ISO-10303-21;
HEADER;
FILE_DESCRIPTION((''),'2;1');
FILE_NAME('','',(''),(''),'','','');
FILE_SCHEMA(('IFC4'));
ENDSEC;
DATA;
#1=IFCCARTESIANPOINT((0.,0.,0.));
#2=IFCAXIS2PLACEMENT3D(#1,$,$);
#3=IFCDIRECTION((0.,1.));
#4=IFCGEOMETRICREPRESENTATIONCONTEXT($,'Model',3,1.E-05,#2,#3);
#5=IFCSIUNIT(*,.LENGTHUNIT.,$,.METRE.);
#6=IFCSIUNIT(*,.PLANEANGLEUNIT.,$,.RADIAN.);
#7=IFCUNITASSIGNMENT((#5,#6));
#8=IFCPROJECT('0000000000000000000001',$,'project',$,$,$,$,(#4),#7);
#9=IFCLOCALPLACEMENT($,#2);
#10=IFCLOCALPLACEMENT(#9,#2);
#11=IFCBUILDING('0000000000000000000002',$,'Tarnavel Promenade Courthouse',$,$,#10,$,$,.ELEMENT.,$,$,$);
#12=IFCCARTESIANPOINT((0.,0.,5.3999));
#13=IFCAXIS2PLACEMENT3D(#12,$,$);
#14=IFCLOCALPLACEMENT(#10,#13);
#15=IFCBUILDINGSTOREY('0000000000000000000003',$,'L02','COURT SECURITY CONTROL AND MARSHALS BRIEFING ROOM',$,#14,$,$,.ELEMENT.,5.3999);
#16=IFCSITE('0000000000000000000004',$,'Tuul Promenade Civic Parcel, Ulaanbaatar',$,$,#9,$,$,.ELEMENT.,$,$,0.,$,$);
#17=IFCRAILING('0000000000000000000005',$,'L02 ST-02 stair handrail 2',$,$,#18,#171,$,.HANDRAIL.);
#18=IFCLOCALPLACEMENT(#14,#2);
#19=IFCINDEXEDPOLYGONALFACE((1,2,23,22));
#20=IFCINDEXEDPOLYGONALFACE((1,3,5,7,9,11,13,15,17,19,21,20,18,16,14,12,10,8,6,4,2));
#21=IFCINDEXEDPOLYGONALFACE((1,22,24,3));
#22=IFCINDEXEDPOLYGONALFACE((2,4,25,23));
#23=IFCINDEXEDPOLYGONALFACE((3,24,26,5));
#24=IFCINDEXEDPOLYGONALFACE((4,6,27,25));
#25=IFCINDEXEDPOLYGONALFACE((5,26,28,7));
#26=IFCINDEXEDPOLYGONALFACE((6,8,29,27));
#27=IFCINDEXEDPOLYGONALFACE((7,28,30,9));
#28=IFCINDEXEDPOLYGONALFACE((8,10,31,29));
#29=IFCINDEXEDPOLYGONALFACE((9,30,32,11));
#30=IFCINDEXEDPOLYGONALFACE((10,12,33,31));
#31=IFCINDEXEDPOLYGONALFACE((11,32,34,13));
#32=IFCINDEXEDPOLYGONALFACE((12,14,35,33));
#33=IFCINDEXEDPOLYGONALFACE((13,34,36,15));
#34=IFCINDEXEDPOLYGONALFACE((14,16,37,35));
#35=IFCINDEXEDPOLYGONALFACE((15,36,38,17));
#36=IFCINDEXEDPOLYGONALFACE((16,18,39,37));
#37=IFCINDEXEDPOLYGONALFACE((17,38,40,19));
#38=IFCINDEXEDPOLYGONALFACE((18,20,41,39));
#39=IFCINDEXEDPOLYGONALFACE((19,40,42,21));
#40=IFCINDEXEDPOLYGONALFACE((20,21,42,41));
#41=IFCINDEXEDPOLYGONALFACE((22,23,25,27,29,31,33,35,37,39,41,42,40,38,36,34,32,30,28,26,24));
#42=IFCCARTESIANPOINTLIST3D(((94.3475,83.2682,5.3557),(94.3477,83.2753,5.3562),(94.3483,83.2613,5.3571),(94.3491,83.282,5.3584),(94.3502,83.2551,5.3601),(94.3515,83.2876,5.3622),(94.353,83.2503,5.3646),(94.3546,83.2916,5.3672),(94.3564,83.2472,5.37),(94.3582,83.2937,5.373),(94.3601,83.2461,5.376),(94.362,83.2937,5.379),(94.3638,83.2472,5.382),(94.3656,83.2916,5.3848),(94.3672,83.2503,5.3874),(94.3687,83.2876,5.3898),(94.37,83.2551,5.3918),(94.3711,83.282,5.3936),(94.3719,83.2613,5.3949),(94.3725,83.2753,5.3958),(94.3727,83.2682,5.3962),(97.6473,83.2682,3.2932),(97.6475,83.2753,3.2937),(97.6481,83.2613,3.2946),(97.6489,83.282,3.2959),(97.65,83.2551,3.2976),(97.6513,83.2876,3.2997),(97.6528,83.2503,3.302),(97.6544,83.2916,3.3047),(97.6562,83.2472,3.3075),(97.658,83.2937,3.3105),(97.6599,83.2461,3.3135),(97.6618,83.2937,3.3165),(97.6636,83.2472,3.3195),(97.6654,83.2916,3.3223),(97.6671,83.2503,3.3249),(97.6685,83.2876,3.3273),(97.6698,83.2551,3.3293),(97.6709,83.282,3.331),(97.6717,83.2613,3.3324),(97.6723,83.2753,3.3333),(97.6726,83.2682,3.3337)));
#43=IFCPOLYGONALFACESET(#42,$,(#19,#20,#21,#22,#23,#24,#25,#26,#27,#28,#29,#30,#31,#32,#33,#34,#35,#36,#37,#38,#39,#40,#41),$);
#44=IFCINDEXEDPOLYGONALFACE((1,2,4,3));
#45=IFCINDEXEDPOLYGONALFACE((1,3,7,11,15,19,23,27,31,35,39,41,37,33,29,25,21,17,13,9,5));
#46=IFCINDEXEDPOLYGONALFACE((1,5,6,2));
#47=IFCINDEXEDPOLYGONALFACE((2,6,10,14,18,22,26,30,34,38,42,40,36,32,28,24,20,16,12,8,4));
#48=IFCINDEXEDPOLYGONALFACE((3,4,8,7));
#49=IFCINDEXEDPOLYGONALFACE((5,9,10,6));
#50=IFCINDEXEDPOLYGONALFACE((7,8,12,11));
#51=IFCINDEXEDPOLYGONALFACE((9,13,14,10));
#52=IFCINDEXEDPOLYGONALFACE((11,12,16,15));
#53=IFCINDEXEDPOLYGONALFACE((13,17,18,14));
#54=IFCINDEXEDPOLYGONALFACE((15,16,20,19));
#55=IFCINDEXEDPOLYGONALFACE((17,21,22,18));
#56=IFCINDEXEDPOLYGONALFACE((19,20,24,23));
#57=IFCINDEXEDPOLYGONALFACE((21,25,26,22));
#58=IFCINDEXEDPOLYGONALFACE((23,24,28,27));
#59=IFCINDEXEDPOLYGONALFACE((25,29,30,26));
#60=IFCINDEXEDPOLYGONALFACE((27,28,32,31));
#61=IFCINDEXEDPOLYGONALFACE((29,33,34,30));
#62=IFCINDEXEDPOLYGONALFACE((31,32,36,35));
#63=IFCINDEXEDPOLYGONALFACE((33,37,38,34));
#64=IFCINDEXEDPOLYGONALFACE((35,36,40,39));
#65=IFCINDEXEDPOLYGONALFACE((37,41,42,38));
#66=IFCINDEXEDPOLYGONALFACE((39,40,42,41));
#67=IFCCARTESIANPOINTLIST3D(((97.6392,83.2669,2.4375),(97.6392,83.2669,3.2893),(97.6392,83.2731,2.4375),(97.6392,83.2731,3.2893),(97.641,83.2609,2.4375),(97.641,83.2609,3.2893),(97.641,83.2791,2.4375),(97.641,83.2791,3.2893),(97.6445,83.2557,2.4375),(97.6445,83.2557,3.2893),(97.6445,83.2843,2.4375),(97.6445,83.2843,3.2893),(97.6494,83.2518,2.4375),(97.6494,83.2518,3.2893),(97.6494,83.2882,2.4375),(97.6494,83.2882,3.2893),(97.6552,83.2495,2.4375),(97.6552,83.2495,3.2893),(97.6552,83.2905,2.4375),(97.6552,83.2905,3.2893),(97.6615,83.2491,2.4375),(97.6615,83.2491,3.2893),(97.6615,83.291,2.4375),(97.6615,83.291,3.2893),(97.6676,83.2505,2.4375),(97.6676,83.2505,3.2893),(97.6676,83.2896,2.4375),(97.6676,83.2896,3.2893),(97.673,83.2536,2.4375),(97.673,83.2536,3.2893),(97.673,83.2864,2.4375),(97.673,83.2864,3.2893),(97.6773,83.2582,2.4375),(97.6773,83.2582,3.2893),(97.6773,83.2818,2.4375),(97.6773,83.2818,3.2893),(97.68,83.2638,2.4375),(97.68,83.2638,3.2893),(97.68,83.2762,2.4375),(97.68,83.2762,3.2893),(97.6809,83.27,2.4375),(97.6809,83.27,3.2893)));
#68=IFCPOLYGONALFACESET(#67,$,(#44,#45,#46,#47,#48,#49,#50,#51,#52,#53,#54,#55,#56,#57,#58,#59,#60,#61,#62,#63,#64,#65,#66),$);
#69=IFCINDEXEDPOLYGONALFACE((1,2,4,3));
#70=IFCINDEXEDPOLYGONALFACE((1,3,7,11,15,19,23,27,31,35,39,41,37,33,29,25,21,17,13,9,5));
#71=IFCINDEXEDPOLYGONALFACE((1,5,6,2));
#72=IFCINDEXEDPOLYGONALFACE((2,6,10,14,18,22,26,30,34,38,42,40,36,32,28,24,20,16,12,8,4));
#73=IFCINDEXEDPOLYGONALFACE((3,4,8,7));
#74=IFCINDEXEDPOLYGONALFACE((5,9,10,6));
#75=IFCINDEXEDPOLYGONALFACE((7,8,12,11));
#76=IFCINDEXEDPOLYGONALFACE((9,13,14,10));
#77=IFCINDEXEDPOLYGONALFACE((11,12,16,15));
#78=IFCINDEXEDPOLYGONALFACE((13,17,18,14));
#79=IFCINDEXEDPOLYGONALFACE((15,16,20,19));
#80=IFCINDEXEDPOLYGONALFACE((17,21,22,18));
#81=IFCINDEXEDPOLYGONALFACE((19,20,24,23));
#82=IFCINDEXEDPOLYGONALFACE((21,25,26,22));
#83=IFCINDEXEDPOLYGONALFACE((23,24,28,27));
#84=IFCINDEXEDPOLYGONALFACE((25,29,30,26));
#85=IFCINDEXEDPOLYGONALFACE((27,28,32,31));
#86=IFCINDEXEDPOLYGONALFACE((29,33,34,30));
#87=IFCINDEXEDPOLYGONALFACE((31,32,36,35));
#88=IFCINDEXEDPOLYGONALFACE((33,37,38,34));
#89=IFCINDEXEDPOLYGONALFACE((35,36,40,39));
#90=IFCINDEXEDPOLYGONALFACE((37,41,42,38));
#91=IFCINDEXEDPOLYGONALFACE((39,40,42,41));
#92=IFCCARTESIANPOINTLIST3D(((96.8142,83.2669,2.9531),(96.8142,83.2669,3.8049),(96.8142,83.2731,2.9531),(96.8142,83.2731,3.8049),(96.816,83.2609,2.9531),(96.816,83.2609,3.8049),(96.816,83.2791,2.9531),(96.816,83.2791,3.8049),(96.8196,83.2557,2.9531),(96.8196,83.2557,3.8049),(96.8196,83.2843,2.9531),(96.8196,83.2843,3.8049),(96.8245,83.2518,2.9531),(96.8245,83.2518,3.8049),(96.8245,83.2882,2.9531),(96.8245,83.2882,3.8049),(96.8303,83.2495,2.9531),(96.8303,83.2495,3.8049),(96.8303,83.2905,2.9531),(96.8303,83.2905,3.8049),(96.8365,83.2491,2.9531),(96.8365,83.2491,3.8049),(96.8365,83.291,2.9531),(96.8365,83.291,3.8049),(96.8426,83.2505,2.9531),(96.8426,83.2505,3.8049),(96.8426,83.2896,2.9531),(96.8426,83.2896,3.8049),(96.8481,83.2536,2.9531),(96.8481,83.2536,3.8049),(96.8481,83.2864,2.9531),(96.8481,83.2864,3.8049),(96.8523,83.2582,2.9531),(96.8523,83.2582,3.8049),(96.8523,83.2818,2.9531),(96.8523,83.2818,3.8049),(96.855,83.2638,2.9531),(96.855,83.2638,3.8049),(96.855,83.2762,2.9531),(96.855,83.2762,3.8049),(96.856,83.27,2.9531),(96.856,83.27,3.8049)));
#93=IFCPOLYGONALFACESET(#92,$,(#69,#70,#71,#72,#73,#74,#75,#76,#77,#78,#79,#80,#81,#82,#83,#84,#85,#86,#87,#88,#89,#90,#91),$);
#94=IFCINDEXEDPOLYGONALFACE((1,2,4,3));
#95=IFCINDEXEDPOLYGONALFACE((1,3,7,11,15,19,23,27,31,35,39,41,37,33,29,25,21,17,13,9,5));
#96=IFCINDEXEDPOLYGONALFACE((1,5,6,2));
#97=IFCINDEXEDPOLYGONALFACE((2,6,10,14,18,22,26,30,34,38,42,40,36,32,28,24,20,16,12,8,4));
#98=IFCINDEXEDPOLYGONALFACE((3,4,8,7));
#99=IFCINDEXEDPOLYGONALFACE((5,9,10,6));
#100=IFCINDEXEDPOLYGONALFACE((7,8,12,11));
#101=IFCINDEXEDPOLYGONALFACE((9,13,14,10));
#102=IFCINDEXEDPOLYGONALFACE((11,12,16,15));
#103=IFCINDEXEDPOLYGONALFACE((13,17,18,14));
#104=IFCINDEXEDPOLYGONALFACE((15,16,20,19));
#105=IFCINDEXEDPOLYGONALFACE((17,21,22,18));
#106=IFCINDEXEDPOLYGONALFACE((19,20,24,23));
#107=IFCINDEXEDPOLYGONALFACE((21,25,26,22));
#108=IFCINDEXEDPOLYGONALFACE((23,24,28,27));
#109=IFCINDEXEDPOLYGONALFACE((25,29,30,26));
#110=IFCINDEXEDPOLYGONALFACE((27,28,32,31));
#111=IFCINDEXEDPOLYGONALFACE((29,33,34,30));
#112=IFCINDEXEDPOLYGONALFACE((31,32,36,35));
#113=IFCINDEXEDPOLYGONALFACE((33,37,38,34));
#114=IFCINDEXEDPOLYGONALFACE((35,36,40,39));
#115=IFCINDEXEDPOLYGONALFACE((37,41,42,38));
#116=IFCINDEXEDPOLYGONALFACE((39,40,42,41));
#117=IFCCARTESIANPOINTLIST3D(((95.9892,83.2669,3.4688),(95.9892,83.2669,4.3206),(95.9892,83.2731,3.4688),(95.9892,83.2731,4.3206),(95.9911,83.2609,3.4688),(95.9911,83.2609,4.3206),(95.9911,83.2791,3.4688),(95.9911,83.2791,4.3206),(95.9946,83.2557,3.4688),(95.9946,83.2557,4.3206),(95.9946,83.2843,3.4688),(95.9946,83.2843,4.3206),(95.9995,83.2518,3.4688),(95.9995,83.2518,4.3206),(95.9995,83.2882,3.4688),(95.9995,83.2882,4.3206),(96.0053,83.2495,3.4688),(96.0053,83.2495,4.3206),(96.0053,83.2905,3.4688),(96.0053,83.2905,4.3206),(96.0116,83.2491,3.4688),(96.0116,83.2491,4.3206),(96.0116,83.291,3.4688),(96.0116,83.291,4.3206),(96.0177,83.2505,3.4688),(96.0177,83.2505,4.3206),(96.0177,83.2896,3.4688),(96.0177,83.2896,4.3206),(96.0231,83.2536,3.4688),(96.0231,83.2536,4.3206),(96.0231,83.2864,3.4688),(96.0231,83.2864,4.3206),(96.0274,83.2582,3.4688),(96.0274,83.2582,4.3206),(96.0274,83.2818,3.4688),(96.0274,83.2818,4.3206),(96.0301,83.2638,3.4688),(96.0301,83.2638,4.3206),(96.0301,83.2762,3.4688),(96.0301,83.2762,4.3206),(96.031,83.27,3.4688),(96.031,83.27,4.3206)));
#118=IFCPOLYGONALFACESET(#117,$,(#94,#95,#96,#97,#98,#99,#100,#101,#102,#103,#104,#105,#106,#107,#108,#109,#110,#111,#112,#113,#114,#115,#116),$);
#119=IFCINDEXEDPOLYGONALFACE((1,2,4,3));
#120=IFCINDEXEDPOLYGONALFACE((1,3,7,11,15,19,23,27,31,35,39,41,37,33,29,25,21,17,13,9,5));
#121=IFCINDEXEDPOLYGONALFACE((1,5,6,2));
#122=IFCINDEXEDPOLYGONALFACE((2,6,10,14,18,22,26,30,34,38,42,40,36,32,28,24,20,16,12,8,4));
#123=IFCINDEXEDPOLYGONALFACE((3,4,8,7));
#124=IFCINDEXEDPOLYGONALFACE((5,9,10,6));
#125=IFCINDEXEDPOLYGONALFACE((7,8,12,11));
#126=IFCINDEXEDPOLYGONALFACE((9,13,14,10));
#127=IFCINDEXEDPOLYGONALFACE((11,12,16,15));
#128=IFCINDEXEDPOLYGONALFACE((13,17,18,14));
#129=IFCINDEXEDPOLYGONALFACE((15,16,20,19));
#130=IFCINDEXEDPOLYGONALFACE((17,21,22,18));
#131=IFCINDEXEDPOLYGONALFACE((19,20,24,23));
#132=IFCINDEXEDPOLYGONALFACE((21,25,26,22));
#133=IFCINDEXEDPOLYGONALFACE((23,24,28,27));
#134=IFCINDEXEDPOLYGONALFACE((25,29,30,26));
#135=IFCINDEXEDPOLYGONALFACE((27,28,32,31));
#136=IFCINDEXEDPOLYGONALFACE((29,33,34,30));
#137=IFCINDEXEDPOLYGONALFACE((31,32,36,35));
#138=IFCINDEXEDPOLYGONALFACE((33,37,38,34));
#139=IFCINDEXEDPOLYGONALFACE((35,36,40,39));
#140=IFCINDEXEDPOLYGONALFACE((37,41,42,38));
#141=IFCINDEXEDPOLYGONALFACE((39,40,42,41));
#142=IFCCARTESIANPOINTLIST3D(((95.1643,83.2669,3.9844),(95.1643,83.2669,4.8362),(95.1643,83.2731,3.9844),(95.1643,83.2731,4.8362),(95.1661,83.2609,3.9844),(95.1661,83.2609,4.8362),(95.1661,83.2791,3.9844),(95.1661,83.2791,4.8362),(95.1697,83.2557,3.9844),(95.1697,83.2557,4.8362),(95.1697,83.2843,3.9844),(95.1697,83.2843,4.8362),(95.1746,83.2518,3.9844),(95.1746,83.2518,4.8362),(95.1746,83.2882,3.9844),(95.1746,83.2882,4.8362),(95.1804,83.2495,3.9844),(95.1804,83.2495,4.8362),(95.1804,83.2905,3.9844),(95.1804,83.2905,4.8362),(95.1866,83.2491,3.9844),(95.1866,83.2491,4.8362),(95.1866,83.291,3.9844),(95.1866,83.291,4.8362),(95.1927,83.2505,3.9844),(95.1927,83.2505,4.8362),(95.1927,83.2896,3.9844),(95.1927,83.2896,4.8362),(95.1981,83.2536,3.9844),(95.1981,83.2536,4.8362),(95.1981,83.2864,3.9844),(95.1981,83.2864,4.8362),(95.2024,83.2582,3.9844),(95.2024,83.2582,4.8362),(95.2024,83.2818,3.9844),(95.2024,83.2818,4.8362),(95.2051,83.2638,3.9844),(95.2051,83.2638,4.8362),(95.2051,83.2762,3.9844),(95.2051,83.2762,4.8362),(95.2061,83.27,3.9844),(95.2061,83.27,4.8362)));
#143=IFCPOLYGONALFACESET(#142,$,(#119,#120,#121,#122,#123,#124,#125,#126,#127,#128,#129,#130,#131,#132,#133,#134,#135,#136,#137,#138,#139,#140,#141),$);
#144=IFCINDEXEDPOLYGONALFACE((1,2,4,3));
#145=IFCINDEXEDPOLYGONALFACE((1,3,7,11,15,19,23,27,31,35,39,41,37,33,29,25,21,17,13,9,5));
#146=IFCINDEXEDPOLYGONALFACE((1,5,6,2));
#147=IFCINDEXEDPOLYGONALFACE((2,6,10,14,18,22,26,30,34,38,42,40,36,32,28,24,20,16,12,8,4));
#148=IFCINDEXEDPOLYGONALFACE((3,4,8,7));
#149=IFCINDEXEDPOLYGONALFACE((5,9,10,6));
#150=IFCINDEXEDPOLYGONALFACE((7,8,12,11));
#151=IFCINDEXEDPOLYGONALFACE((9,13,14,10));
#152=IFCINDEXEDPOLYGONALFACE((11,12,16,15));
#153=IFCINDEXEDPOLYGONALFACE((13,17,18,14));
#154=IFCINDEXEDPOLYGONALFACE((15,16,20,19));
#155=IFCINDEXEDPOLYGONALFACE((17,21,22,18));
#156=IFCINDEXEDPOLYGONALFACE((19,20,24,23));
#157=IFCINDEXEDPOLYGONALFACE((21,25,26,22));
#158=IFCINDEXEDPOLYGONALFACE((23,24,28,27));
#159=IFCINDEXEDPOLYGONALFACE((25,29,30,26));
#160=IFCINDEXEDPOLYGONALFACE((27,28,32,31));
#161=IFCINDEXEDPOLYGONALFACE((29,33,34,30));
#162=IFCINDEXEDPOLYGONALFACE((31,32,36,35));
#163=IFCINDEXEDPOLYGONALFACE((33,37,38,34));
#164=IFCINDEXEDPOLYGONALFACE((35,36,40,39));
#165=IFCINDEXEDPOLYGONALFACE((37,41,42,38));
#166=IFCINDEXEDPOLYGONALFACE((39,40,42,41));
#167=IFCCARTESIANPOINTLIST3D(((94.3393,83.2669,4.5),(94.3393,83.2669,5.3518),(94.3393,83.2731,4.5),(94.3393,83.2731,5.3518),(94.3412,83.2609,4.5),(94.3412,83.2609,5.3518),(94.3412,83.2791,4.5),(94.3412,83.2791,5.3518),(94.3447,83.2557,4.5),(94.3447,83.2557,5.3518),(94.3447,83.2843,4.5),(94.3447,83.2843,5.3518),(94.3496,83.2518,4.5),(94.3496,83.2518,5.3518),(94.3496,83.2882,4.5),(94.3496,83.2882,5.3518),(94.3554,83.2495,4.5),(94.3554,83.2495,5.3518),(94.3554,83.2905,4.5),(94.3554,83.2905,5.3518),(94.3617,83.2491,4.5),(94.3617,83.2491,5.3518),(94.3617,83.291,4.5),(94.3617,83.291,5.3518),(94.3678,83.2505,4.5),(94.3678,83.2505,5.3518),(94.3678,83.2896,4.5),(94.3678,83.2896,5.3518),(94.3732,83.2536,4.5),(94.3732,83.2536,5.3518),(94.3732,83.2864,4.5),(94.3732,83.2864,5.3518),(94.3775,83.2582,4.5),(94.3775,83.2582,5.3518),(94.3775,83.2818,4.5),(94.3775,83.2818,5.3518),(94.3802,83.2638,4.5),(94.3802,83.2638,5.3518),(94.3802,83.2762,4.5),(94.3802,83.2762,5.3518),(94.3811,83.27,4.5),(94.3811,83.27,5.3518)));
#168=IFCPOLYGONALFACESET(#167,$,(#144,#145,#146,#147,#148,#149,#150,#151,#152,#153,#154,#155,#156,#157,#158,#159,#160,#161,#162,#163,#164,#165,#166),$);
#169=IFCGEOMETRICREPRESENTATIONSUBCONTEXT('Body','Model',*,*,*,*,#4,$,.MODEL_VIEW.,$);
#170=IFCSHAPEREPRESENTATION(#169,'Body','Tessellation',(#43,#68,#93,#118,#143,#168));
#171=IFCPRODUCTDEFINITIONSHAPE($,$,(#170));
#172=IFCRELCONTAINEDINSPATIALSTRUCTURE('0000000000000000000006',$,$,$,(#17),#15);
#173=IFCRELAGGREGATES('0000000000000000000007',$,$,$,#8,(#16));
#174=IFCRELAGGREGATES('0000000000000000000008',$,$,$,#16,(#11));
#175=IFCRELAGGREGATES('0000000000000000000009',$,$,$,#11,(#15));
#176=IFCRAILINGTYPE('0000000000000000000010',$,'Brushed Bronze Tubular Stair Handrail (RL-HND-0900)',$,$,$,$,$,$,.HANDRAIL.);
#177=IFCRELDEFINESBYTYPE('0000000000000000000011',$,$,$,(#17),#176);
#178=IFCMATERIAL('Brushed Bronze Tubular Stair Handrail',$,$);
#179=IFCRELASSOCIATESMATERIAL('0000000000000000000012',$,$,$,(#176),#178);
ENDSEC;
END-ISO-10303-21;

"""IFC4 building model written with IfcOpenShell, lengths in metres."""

from ifc_helpers import new_model, si_unit, direction, frame, origin, origin_2d, place, context, subcontext, project, spatial, circle, extrude, material, type_object, element, save


model = new_model("IFC4")

# Units and contexts
model_context = context("Model", 3, precision=1e-05, world=origin(), true_north=direction((0.0, 1.0)))
body_context = subcontext(model_context, "Body", "Model", "MODEL_VIEW")
ifc_project = project(units=[si_unit("LENGTHUNIT", "METRE"), si_unit("PLANEANGLEUNIT", "RADIAN")], contexts=[model_context])

# Site, building, storey
site_placement = place(None, origin())
site = spatial("IfcSite", under=ifc_project, at=site_placement, Name="Tuul Promenade Civic Parcel, Ulaanbaatar", CompositionType="ELEMENT", RefElevation=0.0)
building_placement = place(site_placement, origin())
building = spatial("IfcBuilding", under=site, at=building_placement, Name="Tarnavel Promenade Courthouse", CompositionType="ELEMENT")
storey_placement = place(building_placement, frame((0.0, 0.0, 5.3999)))
storey = spatial("IfcBuildingStorey", under=building, at=storey_placement, Name="L02", Description="COURT SECURITY CONTROL AND MARSHALS BRIEFING ROOM", CompositionType="ELEMENT", Elevation=5.3999)

# Railing
ifc_material_1 = material(Name="Brushed Bronze Tubular Stair Handrail")
railing_type_1 = type_object("IfcRailingType", Name="Brushed Bronze Tubular Stair Handrail (RL-HND-0900)", PredefinedType="HANDRAIL", material=ifc_material_1)
railing_1_placement = place(storey_placement, frame((97.6599, 83.27, 2.4375)))
element("IfcRailing", 1, at=railing_1_placement, inside=storey, type_object=railing_type_1, Name="L02 ST-02 stair handrail 2", PredefinedType="HANDRAIL", context=body_context, shape_type="SweptSolid", body=[
    extrude(circle(Radius=0.0239, at=origin_2d()), frame((0.0, 0.0, 0.876), z_axis=(-0.847984, 0.0, 0.530021), x_axis=(0.0, -1.0, 0.0)), (0.0, 0.0, 1.0), 3.8914),
    extrude(circle(Radius=0.021, at=origin_2d()), origin(), (0.0, 0.0, 1.0), 0.8518),
    extrude(circle(Radius=0.021, at=origin_2d()), frame((-0.825, 0.0, 0.5156)), (0.0, 0.0, 1.0), 0.8518),
    extrude(circle(Radius=0.021, at=origin_2d()), frame((-1.6499, 0.0, 1.0312)), (0.0, 0.0, 1.0), 0.8518),
    extrude(circle(Radius=0.021, at=origin_2d()), frame((-2.4749, 0.0, 1.5469)), (0.0, 0.0, 1.0), 0.8518),
    extrude(circle(Radius=0.021, at=origin_2d()), frame((-3.2998, 0.0, 2.0625)), (0.0, 0.0, 1.0), 0.8518),
])

save(model, "model.ifc")
